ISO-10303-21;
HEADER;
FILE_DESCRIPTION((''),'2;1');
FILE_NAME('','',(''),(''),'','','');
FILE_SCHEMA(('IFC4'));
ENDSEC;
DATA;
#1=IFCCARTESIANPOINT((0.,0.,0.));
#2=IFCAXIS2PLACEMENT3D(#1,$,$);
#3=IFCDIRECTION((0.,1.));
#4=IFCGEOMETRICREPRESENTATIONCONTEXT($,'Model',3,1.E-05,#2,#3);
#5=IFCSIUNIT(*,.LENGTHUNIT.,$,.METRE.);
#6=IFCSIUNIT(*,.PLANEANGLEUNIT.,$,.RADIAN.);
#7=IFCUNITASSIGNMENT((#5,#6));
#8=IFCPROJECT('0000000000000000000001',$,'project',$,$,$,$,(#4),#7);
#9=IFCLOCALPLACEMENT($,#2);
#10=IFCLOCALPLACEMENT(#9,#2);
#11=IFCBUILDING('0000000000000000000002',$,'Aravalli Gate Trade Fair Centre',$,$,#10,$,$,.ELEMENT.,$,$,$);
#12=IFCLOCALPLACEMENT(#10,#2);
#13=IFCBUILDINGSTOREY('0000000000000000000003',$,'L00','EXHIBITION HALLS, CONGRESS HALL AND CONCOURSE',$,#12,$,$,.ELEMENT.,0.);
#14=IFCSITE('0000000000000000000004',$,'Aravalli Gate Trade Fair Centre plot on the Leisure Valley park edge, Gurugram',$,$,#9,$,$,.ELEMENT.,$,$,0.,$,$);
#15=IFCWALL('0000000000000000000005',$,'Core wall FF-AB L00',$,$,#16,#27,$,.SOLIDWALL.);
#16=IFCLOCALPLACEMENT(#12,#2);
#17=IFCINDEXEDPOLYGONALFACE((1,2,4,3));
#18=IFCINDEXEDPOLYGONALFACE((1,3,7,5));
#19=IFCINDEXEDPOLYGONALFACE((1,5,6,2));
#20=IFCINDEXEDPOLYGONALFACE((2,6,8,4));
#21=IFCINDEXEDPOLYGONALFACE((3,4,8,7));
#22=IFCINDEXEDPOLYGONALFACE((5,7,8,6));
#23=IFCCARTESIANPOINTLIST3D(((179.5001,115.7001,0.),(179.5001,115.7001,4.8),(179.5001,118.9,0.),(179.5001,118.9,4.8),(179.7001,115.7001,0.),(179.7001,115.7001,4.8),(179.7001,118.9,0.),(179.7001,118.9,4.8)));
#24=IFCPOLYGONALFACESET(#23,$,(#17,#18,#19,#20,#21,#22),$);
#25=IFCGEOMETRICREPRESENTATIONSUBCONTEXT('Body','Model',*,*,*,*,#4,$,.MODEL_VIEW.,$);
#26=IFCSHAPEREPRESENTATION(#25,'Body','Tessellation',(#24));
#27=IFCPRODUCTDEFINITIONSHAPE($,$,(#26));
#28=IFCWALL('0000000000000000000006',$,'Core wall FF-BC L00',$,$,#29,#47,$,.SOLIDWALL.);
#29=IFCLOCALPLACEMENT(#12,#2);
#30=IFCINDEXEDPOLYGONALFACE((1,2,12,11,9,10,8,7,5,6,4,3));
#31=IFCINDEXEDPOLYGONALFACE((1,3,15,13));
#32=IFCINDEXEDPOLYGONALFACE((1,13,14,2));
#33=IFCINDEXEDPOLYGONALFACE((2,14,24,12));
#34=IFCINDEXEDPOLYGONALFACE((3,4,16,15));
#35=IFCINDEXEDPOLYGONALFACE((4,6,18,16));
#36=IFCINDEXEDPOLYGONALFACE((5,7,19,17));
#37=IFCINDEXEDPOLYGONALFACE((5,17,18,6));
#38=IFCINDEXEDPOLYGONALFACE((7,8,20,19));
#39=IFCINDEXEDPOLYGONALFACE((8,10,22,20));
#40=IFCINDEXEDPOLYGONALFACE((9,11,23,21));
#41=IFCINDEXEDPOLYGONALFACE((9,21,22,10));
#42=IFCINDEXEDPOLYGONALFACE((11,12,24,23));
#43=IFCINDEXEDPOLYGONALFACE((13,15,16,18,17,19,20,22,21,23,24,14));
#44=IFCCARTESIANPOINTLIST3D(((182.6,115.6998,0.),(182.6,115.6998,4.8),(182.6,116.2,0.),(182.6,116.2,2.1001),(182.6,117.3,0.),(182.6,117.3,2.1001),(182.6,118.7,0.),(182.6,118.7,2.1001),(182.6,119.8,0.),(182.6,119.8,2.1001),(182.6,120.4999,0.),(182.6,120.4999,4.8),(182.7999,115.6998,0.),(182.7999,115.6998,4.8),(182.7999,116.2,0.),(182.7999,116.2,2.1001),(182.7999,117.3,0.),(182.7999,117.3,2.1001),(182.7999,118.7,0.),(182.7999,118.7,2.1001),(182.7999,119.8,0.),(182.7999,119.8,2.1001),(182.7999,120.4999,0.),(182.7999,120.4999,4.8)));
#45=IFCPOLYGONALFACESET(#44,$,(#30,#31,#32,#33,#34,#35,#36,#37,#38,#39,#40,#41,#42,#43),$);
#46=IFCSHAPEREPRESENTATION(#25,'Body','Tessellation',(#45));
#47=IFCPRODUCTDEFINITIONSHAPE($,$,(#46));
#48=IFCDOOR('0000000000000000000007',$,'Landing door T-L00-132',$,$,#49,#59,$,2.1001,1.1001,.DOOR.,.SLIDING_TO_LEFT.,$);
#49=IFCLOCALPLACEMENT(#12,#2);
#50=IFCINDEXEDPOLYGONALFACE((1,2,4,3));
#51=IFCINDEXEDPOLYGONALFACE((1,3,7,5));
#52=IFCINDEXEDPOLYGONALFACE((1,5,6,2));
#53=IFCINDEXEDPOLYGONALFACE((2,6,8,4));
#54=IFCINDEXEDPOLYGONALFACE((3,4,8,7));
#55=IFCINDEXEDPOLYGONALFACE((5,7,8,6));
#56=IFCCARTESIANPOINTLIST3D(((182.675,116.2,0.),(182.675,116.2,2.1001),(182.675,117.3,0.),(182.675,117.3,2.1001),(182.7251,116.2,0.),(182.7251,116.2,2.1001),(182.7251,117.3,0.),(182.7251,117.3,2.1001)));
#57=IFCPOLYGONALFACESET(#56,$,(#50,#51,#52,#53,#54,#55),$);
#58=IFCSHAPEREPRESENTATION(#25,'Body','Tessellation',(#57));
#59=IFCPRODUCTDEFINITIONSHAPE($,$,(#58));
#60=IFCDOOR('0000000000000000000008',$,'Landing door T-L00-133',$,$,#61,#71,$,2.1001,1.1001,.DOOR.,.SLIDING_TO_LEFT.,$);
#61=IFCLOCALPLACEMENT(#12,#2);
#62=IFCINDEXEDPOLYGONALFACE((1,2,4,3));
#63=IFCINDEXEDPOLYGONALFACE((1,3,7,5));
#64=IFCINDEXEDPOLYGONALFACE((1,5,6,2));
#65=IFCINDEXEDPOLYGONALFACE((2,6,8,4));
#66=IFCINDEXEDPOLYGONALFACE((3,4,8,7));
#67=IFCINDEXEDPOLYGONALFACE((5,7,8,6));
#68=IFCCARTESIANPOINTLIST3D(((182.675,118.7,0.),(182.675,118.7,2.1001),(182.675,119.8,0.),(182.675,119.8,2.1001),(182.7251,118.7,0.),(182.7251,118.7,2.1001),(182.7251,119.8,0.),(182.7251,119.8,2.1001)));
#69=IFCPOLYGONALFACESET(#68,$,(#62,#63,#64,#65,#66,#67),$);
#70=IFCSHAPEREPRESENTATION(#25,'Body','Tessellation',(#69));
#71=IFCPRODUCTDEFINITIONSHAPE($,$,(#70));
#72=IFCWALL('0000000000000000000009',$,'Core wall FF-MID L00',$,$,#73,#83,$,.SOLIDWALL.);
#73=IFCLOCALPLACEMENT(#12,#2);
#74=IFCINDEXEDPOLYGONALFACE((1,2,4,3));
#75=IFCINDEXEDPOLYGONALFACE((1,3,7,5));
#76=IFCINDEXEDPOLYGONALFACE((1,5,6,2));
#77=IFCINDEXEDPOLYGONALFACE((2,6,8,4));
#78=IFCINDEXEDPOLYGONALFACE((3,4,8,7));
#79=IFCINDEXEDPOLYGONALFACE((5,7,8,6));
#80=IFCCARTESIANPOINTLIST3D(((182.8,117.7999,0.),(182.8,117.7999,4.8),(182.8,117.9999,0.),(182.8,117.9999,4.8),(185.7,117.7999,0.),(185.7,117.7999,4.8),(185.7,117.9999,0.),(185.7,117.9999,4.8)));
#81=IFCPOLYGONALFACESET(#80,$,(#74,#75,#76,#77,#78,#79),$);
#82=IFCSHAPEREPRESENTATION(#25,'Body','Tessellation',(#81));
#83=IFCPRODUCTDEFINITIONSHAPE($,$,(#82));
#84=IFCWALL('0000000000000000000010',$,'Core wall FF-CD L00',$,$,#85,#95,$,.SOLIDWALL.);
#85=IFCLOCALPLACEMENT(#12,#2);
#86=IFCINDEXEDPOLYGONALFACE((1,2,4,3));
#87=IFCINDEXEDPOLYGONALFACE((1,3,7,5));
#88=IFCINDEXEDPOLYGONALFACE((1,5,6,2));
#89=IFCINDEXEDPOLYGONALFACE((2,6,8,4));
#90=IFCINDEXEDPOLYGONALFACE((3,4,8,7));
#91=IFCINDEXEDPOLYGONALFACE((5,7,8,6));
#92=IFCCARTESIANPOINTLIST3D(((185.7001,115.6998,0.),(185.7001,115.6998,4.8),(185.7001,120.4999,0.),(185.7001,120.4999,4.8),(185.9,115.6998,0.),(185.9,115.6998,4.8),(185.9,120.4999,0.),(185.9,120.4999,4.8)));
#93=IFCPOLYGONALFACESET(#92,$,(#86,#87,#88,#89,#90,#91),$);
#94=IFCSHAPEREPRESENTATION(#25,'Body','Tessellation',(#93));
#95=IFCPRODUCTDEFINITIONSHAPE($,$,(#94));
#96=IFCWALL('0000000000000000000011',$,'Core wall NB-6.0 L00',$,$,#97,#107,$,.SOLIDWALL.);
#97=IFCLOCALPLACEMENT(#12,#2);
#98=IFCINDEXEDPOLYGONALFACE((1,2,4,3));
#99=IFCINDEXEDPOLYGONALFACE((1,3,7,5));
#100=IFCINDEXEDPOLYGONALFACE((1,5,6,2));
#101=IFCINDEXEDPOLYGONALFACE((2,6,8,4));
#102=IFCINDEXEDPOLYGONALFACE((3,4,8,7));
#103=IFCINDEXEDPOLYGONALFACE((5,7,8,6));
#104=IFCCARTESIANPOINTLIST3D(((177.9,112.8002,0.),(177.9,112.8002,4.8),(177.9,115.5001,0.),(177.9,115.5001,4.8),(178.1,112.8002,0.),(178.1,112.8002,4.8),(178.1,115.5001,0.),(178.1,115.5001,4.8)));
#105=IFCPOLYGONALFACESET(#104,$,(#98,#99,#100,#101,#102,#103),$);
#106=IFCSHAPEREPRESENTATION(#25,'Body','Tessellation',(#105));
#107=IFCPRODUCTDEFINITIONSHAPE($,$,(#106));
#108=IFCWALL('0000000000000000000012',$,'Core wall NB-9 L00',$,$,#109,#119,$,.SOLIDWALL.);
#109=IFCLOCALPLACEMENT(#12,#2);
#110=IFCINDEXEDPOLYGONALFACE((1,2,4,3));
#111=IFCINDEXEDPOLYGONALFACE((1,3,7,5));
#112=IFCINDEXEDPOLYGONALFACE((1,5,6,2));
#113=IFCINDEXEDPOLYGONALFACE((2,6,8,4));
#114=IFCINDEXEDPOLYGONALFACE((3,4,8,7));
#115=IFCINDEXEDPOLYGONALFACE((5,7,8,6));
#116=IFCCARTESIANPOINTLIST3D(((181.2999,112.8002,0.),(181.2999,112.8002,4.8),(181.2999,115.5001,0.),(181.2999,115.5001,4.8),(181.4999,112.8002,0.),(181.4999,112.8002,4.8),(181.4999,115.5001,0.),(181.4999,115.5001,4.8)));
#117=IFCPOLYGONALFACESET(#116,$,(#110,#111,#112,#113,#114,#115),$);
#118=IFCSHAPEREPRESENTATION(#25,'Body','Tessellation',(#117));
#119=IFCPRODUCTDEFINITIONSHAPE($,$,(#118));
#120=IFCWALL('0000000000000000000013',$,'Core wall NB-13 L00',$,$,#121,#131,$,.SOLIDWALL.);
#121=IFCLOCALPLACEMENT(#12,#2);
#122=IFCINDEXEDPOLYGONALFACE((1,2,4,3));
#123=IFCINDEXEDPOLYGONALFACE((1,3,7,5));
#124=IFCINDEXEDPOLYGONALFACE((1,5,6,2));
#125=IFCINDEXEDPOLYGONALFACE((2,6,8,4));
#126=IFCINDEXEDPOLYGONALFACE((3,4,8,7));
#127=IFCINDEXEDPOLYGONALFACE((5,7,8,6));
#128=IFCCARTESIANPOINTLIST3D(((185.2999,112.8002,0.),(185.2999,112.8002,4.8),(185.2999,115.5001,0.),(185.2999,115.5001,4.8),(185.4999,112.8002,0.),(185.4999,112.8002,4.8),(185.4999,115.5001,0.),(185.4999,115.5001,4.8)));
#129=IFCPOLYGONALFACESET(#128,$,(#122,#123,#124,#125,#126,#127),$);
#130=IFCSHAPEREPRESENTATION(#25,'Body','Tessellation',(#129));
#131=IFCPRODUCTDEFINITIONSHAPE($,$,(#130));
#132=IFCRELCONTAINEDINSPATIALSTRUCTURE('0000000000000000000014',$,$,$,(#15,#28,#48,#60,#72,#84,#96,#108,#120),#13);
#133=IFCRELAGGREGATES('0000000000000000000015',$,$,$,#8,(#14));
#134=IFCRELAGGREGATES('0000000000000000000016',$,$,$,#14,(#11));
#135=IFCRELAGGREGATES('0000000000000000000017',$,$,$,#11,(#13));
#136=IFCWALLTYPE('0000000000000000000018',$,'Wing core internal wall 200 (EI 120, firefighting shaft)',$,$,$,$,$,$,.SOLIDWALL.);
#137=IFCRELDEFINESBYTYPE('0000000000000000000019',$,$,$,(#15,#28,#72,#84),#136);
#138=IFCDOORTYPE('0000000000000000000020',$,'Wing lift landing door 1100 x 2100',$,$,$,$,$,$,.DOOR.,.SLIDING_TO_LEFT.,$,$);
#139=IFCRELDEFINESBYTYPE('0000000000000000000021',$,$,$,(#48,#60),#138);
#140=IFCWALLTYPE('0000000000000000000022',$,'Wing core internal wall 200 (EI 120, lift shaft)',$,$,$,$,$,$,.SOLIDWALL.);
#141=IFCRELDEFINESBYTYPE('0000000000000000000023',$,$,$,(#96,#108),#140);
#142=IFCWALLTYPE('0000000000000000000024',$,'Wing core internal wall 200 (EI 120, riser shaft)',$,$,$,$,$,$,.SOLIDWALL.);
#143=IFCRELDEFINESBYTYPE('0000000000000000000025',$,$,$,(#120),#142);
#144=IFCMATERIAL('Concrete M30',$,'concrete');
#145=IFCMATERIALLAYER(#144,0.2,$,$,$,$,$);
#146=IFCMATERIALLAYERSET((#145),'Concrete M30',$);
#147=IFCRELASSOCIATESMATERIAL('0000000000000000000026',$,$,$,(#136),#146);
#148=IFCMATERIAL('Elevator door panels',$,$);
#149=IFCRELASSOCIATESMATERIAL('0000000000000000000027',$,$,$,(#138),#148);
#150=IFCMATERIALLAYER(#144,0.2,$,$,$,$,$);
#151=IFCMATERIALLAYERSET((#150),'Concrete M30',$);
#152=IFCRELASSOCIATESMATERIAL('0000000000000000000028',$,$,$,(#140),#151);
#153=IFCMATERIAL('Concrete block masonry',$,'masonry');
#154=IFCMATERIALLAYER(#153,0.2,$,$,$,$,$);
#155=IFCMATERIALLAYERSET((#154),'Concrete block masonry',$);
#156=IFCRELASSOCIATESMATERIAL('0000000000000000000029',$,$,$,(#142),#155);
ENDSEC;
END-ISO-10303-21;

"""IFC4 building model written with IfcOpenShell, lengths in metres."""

from ifc_helpers import new_model, si_unit, direction, frame, frame_2d, origin, place, context, subcontext, project, spatial, rectangle, extrude, material, layer, layer_set, type_object, element, fill, save


model = new_model("IFC4")

# Units and contexts
model_context = context("Model", 3, precision=1e-05, world=origin(), true_north=direction((0.0, 1.0)))
body_context = subcontext(model_context, "Body", "Model", "MODEL_VIEW")
ifc_project = project(units=[si_unit("LENGTHUNIT", "METRE"), si_unit("PLANEANGLEUNIT", "RADIAN")], contexts=[model_context])

# Site, building, storey
site_placement = place(None, origin())
site = spatial("IfcSite", under=ifc_project, at=site_placement, Name="Aravalli Gate Trade Fair Centre plot on the Leisure Valley park edge, Gurugram", CompositionType="ELEMENT", RefElevation=0.0)
building_placement = place(site_placement, origin())
building = spatial("IfcBuilding", under=site, at=building_placement, Name="Aravalli Gate Trade Fair Centre", CompositionType="ELEMENT")
storey_placement = place(building_placement, origin())
storey = spatial("IfcBuildingStorey", under=building, at=storey_placement, Name="L00", Description="EXHIBITION HALLS, CONGRESS HALL AND CONCOURSE", CompositionType="ELEMENT", Elevation=0.0)

# Wall
ifc_material_1 = material(Name="Concrete M30", Category="concrete")
ifc_layer_1 = layer(ifc_material_1, 0.2)
ifc_layer_set_1 = layer_set([ifc_layer_1], Name="Concrete M30")
wall_type_1 = type_object("IfcWallType", Name="Wing core internal wall 200 (EI 120, firefighting shaft)", PredefinedType="SOLIDWALL", material=ifc_layer_set_1)
wall_1_placement = place(storey_placement, frame((179.6001, 115.7, 0.0), z_axis=(0.0, 0.0, 1.0), x_axis=(0.0, 1.0, 0.0)))
element("IfcWall", 1, at=wall_1_placement, inside=storey, type_object=wall_type_1, Name="Core wall FF-AB L00", PredefinedType="SOLIDWALL", context=body_context, shape_type="SweptSolid", body=[
    extrude(rectangle(XDim=3.2, YDim=0.2, at=frame_2d((1.6001, 0.0))), origin(), (0.0, 0.0, 1.0), 4.8),
])

# Wall, openings, doors
wall_2_placement = place(storey_placement, frame((182.7, 115.7, 0.0), z_axis=(0.0, 0.0, 1.0), x_axis=(0.0, 1.0, 0.0)))
wall_2 = element("IfcWall", 2, at=wall_2_placement, inside=storey, type_object=wall_type_1, Name="Core wall FF-BC L00", PredefinedType="SOLIDWALL", context=body_context, shape_type="SweptSolid", body=[
    extrude(rectangle(XDim=4.8, YDim=0.2, at=frame_2d((2.3999, 0.0))), origin(), (0.0, 0.0, 1.0), 4.8),
])
opening_1_placement = place(wall_2_placement, frame((0.5, 0.0, 0.0)))
opening_1 = element("IfcOpeningElement", 3, at=opening_1_placement, cuts=wall_2, PredefinedType="OPENING", context=body_context, shape_type="SweptSolid", body=[
    extrude(rectangle(XDim=1.1001, YDim=2.1001, at=frame_2d((0.55, 1.05))), frame((0.0, 0.1099, 0.0), z_axis=(0.0, -1.0, 0.0), x_axis=(1.0, 0.0, 0.0)), (0.0, 0.0, 1.0), 0.22),
])
opening_2_placement = place(wall_2_placement, frame((3.0, 0.0, 0.0)))
opening_2 = element("IfcOpeningElement", 4, at=opening_2_placement, cuts=wall_2, PredefinedType="OPENING", context=body_context, shape_type="SweptSolid", body=[
    extrude(rectangle(XDim=1.1001, YDim=2.1001, at=frame_2d((0.55, 1.05))), frame((0.0, 0.1099, 0.0), z_axis=(0.0, -1.0, 0.0), x_axis=(1.0, 0.0, 0.0)), (0.0, 0.0, 1.0), 0.22),
])
ifc_material_2 = material(Name="Elevator door panels")
door_type = type_object("IfcDoorType", Name="Wing lift landing door 1100 x 2100", OperationType="SLIDING_TO_LEFT", PredefinedType="DOOR", material=ifc_material_2)
door_1_placement = place(opening_1_placement, origin())
door_1 = element("IfcDoor", 5, at=door_1_placement, inside=storey, type_object=door_type, Name="Landing door T-L00-132", OperationType="SLIDING_TO_LEFT", OverallHeight=2.1001, OverallWidth=1.1001, PredefinedType="DOOR", context=body_context, shape_type="SweptSolid", body=[
    extrude(rectangle(XDim=1.1001, YDim=2.1001, at=frame_2d((0.55, 1.05))), frame((0.0, 0.0249, 0.0), z_axis=(0.0, -1.0, 0.0), x_axis=(1.0, 0.0, 0.0)), (0.0, 0.0, 1.0), 0.05),
])
fill(opening_1, door_1)
door_2_placement = place(opening_2_placement, origin())
door_2 = element("IfcDoor", 6, at=door_2_placement, inside=storey, type_object=door_type, Name="Landing door T-L00-133", OperationType="SLIDING_TO_LEFT", OverallHeight=2.1001, OverallWidth=1.1001, PredefinedType="DOOR", context=body_context, shape_type="SweptSolid", body=[
    extrude(rectangle(XDim=1.1001, YDim=2.1001, at=frame_2d((0.55, 1.05))), frame((0.0, 0.0249, 0.0), z_axis=(0.0, -1.0, 0.0), x_axis=(1.0, 0.0, 0.0)), (0.0, 0.0, 1.0), 0.05),
])
fill(opening_2, door_2)

# Walls
wall_3_placement = place(storey_placement, frame((182.8, 117.8999, 0.0), z_axis=(0.0, 0.0, 1.0), x_axis=(1.0, 0.0, 0.0)))
element("IfcWall", 7, at=wall_3_placement, inside=storey, type_object=wall_type_1, Name="Core wall FF-MID L00", PredefinedType="SOLIDWALL", context=body_context, shape_type="SweptSolid", body=[
    extrude(rectangle(XDim=2.8999, YDim=0.2, at=frame_2d((1.45, 0.0))), origin(), (0.0, 0.0, 1.0), 4.8),
])
wall_4_placement = place(storey_placement, frame((185.8, 115.7, 0.0), z_axis=(0.0, 0.0, 1.0), x_axis=(0.0, 1.0, 0.0)))
element("IfcWall", 8, at=wall_4_placement, inside=storey, type_object=wall_type_1, Name="Core wall FF-CD L00", PredefinedType="SOLIDWALL", context=body_context, shape_type="SweptSolid", body=[
    extrude(rectangle(XDim=4.8, YDim=0.2, at=frame_2d((2.3999, 0.0))), origin(), (0.0, 0.0, 1.0), 4.8),
])
ifc_layer_2 = layer(ifc_material_1, 0.2)
ifc_layer_set_2 = layer_set([ifc_layer_2], Name="Concrete M30")
wall_type_2 = type_object("IfcWallType", Name="Wing core internal wall 200 (EI 120, lift shaft)", PredefinedType="SOLIDWALL", material=ifc_layer_set_2)
for number, where, z_axis, x_axis, name in (
    (9, (178.0, 112.8, 0.0), (0.0, 0.0, 1.0), (0.0, 1.0, 0.0), "Core wall NB-6.0 L00"),
    (10, (181.3999, 112.8, 0.0), (0.0, 0.0, 1.0), (0.0, 1.0, 0.0), "Core wall NB-9 L00"),
):
    element("IfcWall", number, at=place(storey_placement, frame(where, z_axis=z_axis, x_axis=x_axis)), inside=storey, type_object=wall_type_2, Name=name, PredefinedType="SOLIDWALL", context=body_context, shape_type="SweptSolid", body=[
        extrude(rectangle(XDim=2.7, YDim=0.2, at=frame_2d((1.3501, 0.0))), origin(), (0.0, 0.0, 1.0), 4.8),
    ])
ifc_material_3 = material(Name="Concrete block masonry", Category="masonry")
ifc_layer_3 = layer(ifc_material_3, 0.2)
ifc_layer_set_3 = layer_set([ifc_layer_3], Name="Concrete block masonry")
wall_type_3 = type_object("IfcWallType", Name="Wing core internal wall 200 (EI 120, riser shaft)", PredefinedType="SOLIDWALL", material=ifc_layer_set_3)
wall_5_placement = place(storey_placement, frame((185.3999, 112.8, 0.0), z_axis=(0.0, 0.0, 1.0), x_axis=(0.0, 1.0, 0.0)))
element("IfcWall", 11, at=wall_5_placement, inside=storey, type_object=wall_type_3, Name="Core wall NB-13 L00", PredefinedType="SOLIDWALL", context=body_context, shape_type="SweptSolid", body=[
    extrude(rectangle(XDim=2.7, YDim=0.2, at=frame_2d((1.3501, 0.0))), origin(), (0.0, 0.0, 1.0), 4.8),
])

save(model, "model.ifc")
